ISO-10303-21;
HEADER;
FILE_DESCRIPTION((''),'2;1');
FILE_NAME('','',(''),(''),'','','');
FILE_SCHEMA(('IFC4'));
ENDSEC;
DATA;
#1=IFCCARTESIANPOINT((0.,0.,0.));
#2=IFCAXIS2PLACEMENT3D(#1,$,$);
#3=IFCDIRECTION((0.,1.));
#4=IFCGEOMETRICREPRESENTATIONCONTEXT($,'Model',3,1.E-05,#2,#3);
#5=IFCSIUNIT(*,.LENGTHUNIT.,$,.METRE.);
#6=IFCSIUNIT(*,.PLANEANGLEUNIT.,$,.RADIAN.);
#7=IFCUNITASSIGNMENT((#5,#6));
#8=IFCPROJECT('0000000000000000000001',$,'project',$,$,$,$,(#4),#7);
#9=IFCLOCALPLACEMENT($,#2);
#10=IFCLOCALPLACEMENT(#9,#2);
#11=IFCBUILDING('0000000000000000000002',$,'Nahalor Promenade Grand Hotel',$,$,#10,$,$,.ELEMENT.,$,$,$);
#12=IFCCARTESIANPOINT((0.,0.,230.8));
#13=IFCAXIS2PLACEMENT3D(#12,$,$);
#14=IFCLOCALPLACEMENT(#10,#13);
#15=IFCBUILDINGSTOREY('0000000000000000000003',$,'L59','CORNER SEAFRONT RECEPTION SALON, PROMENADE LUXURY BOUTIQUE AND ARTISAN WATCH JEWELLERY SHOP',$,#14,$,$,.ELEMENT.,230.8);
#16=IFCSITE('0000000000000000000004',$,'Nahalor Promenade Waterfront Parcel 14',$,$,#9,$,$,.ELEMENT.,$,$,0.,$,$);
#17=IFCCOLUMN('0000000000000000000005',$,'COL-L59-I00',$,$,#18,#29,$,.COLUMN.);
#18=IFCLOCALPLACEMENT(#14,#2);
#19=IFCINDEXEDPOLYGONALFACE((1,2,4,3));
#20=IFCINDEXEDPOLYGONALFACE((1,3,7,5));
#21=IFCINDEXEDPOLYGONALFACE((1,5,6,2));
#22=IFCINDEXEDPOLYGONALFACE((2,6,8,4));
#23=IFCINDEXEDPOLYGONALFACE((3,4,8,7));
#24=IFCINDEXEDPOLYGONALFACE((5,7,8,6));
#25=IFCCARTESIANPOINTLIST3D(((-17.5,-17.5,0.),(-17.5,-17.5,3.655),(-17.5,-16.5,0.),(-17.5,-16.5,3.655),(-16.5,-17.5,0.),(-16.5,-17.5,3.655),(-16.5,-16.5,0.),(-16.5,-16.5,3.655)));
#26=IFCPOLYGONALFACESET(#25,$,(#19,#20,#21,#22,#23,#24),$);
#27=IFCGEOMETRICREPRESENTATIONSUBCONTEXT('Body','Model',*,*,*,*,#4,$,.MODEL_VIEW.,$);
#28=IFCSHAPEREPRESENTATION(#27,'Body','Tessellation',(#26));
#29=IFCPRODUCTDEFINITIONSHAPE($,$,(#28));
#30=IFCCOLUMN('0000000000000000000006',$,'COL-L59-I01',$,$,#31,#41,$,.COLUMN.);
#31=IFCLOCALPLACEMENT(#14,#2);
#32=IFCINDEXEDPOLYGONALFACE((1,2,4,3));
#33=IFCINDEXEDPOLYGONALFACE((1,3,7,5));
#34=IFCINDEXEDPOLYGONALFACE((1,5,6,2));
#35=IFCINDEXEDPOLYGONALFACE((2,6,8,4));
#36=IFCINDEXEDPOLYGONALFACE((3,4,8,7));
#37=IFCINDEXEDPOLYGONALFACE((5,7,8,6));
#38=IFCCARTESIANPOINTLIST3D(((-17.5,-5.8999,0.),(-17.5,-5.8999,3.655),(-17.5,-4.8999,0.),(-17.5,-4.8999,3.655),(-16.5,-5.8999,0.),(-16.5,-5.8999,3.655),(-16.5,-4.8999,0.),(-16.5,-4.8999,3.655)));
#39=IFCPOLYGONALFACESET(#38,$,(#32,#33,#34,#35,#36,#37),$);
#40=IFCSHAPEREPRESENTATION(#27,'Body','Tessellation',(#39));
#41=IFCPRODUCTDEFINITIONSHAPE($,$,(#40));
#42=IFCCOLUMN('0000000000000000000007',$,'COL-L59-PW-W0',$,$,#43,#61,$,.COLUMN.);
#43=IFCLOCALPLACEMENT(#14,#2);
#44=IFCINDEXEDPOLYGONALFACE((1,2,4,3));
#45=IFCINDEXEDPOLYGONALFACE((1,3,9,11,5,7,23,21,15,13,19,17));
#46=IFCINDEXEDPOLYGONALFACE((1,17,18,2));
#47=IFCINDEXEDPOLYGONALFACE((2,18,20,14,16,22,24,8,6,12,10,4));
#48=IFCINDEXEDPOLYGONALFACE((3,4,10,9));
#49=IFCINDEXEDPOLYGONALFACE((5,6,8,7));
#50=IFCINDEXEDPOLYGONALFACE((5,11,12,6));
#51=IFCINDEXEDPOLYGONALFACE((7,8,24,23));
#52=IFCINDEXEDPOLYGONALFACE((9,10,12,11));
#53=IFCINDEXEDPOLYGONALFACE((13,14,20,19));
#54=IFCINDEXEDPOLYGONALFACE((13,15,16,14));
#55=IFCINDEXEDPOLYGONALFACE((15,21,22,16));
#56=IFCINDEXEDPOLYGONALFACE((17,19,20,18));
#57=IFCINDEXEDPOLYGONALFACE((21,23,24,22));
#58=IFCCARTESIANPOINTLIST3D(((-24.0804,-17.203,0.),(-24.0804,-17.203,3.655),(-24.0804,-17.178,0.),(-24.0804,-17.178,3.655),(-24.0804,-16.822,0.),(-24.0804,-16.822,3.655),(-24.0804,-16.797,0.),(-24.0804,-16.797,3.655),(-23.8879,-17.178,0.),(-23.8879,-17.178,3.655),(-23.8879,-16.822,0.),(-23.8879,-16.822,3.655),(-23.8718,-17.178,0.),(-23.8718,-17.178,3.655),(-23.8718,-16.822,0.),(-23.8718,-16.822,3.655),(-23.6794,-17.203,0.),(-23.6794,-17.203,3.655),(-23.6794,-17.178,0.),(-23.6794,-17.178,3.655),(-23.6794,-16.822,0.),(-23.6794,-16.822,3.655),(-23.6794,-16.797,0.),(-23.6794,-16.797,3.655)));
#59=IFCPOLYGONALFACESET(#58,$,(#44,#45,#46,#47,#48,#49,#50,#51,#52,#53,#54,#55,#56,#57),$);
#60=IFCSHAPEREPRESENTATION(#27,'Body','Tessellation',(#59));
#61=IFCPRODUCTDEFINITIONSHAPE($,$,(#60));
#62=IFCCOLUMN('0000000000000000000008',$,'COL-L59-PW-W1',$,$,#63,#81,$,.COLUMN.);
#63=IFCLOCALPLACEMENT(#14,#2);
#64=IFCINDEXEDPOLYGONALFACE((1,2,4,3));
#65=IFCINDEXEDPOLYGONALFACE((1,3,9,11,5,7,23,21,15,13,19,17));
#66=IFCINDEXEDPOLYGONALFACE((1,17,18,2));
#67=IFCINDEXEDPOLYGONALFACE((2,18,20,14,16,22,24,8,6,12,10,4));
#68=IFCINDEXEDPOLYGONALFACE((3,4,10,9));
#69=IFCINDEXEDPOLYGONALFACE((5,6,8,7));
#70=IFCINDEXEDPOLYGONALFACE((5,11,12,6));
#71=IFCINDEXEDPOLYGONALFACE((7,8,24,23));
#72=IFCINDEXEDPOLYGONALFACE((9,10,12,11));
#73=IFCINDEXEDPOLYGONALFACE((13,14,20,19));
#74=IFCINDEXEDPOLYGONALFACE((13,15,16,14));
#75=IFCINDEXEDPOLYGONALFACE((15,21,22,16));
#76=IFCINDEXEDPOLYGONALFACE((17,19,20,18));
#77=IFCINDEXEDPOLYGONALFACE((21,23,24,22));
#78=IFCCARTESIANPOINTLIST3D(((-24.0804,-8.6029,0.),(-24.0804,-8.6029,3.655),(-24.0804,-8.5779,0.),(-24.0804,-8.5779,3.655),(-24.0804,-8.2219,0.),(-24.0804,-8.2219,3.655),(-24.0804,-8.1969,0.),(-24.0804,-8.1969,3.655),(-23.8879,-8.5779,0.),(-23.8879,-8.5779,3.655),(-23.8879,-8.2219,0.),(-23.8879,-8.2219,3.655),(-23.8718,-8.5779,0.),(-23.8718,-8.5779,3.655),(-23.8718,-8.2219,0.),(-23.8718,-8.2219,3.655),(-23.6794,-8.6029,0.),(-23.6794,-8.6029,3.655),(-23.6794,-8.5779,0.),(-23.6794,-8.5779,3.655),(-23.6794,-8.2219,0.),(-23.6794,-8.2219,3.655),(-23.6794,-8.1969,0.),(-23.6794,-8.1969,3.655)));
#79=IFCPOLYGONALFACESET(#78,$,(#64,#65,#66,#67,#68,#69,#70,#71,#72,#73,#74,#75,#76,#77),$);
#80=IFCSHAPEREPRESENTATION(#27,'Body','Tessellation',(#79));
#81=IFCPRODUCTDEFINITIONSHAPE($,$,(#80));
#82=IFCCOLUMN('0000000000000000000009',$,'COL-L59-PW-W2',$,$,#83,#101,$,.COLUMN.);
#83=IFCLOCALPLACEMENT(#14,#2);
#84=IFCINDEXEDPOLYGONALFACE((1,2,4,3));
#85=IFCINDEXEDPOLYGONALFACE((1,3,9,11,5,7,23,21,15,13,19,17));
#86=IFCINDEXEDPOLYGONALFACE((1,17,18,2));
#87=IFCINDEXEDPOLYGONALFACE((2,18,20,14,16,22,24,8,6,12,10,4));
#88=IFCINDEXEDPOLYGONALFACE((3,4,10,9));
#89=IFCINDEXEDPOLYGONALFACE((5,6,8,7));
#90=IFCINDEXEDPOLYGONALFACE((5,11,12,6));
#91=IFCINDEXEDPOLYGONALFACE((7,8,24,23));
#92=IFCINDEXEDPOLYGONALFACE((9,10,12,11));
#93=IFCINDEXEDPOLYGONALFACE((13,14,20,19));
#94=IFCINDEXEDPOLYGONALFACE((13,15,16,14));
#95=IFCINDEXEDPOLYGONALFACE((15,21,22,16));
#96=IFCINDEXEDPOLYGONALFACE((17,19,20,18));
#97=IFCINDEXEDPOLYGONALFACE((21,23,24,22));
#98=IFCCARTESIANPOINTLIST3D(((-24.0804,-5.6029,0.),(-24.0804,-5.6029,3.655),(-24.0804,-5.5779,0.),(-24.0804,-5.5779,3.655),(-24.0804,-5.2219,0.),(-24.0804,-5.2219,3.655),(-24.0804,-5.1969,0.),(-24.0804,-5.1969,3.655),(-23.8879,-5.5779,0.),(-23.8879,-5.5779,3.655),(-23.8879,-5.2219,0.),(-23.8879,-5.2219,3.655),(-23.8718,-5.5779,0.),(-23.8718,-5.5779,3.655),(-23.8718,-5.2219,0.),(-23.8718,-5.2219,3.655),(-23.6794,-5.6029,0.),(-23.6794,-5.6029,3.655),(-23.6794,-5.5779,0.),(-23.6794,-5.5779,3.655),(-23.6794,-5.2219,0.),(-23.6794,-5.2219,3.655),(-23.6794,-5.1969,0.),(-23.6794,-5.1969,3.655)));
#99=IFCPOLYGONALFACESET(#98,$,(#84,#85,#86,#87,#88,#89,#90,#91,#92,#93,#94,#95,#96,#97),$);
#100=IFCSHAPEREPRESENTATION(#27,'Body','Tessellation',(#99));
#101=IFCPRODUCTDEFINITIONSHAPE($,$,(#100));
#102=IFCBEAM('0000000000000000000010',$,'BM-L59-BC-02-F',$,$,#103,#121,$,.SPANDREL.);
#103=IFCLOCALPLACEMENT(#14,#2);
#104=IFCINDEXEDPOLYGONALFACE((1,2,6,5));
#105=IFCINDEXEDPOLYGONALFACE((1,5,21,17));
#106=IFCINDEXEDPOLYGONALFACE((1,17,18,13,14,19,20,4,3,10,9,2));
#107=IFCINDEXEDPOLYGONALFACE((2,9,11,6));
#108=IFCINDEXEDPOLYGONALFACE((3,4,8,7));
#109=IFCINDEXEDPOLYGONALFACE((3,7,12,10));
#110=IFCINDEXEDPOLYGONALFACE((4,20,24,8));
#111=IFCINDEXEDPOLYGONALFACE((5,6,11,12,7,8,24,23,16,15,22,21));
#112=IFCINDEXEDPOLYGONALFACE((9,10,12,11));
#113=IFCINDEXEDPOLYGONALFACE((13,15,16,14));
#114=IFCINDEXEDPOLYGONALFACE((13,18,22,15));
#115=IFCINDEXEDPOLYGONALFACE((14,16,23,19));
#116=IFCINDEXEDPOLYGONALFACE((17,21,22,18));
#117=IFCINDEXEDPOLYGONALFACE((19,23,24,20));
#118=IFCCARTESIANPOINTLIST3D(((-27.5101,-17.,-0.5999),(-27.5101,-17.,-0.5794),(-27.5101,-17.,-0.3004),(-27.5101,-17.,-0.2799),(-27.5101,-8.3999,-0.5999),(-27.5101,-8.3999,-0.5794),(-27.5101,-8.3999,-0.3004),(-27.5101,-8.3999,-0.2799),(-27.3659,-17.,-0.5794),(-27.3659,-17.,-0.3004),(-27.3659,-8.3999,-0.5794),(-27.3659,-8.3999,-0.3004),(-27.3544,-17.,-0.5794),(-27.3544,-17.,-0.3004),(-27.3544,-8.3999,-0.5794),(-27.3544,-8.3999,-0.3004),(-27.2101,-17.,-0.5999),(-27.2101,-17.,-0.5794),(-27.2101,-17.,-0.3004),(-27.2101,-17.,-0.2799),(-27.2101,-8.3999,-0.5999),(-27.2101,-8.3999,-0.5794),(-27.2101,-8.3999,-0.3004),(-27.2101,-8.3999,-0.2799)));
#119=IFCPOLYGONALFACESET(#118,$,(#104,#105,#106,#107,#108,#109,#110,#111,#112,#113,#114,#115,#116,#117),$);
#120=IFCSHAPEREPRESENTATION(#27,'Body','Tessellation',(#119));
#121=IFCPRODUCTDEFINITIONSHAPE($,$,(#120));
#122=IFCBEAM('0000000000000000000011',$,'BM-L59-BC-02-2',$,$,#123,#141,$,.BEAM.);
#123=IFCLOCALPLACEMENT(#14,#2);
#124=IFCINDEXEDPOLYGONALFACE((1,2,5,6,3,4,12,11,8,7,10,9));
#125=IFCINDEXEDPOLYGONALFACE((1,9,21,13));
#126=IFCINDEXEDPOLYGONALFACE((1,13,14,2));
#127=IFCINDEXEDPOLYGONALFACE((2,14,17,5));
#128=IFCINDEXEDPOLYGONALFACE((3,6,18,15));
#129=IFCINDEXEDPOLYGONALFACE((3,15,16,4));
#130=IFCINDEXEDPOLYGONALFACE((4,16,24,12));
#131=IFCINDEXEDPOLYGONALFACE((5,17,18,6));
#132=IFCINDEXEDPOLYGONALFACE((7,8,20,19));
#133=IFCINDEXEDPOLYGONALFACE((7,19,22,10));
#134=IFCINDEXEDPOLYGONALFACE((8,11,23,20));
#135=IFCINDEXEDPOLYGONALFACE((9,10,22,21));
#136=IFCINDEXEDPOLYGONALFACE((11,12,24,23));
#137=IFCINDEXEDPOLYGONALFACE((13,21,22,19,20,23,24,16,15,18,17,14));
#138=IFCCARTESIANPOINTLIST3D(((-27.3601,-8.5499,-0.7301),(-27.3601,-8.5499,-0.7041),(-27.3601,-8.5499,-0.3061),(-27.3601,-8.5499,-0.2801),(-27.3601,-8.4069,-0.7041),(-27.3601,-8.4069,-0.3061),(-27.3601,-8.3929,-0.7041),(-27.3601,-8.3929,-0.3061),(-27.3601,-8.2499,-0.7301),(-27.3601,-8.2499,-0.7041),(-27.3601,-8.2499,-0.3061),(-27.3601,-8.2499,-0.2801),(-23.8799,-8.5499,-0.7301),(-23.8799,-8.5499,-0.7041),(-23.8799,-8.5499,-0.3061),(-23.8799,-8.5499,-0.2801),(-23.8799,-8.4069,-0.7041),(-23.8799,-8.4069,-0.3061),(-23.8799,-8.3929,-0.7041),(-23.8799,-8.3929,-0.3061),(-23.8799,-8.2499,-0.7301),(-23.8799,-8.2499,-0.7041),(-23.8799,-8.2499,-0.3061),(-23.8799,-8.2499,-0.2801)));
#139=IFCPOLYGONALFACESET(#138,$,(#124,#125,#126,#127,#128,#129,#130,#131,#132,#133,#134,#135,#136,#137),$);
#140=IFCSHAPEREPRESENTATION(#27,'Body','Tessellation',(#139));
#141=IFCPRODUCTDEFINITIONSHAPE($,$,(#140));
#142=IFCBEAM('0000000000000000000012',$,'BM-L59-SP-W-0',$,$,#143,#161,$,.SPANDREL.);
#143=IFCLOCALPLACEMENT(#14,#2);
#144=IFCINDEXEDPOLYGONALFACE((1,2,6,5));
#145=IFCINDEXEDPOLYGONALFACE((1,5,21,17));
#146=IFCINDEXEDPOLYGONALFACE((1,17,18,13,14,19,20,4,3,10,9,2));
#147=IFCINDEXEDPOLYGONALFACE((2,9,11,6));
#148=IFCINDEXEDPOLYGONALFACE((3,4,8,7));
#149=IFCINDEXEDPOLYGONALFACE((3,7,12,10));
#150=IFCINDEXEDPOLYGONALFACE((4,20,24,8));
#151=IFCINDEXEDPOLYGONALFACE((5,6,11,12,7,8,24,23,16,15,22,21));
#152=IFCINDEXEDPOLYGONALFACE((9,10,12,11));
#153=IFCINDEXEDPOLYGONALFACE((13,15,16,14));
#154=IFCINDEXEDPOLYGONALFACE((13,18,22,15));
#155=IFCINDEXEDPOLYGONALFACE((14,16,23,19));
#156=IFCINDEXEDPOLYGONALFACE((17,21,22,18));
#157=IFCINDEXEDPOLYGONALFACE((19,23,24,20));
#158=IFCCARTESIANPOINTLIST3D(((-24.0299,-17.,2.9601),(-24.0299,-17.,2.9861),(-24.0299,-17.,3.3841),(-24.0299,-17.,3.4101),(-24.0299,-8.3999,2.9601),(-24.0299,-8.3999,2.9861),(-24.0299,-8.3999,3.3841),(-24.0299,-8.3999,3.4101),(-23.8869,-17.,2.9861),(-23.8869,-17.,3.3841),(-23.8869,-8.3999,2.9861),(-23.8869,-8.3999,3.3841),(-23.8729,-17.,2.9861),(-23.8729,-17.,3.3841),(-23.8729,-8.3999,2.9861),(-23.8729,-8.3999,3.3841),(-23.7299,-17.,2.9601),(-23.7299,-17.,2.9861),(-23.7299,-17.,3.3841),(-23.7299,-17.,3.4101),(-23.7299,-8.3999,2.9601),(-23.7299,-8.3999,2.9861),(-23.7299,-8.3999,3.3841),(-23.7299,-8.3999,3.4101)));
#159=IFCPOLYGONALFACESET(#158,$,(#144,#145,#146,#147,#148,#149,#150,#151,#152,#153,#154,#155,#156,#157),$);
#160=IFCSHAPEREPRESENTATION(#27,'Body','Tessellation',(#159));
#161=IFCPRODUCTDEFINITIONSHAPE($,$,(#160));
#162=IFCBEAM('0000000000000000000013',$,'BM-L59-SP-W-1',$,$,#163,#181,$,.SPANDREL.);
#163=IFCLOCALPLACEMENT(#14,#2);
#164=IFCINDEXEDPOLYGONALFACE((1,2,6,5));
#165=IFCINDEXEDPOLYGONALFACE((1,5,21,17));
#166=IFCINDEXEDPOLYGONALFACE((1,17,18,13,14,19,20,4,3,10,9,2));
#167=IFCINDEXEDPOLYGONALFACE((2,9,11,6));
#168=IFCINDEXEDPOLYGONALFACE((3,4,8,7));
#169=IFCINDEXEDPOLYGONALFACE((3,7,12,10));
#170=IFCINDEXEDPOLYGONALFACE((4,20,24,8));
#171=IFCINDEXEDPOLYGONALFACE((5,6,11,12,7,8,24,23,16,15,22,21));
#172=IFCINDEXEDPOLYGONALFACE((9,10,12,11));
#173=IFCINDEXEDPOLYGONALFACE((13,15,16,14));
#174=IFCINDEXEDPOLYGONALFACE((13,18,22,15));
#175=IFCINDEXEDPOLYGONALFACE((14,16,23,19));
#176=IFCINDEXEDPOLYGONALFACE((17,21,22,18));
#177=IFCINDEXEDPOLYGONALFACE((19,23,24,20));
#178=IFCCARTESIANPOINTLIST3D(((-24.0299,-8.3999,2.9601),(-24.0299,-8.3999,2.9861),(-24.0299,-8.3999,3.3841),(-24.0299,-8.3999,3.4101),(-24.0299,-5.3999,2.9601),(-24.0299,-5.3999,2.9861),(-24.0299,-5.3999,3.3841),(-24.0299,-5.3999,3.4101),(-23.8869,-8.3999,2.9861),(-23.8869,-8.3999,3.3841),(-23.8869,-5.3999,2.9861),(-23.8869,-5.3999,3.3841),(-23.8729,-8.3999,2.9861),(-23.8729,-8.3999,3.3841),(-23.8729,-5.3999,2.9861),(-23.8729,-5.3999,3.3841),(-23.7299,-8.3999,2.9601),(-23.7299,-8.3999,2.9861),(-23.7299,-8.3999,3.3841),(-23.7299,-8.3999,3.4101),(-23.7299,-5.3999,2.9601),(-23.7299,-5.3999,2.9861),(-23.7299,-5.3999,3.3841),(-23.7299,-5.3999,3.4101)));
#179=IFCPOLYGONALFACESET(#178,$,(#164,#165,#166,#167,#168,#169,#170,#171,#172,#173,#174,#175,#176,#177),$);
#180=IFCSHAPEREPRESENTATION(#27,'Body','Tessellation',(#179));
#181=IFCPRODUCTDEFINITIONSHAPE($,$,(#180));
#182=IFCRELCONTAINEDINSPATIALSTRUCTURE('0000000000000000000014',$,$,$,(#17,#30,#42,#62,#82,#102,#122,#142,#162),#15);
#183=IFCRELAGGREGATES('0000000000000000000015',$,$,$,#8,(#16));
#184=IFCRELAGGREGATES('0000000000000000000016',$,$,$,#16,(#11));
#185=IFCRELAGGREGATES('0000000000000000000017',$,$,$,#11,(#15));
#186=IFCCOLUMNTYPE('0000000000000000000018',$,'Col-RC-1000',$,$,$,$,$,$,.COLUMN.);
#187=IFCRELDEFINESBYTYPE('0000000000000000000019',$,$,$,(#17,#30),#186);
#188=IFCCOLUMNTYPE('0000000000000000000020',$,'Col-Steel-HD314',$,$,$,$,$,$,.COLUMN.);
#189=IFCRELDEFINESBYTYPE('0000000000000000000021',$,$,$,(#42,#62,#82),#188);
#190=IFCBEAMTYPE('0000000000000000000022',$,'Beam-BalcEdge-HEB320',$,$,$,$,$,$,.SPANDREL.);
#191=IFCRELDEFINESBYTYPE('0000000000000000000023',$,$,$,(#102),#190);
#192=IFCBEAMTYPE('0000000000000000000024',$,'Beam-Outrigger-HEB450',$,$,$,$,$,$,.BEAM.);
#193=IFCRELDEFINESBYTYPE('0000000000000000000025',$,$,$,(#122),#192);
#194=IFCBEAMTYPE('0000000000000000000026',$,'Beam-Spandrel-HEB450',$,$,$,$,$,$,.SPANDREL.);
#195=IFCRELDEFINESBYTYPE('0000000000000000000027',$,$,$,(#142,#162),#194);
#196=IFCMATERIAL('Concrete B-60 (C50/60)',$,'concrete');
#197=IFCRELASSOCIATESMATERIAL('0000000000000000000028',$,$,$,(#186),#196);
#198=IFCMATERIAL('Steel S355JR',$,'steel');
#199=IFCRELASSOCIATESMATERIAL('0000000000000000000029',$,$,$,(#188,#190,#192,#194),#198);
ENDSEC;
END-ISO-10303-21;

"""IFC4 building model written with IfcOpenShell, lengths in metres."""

from ifc_helpers import new_model, si_unit, direction, frame, origin, origin_2d, place, context, subcontext, project, spatial, rectangle, i_section, extrude, source, transform, mapped, material, material_profile, profile_set, type_object, element, save


model = new_model("IFC4")

# Units and contexts
model_context = context("Model", 3, precision=1e-05, world=origin(), true_north=direction((0.0, 1.0)))
body_context = subcontext(model_context, "Body", "Model", "MODEL_VIEW")
ifc_project = project(units=[si_unit("LENGTHUNIT", "METRE"), si_unit("PLANEANGLEUNIT", "RADIAN")], contexts=[model_context])

# Site, building, storey
site_placement = place(None, origin())
site = spatial("IfcSite", under=ifc_project, at=site_placement, Name="Nahalor Promenade Waterfront Parcel 14", CompositionType="ELEMENT", RefElevation=0.0)
building_placement = place(site_placement, origin())
building = spatial("IfcBuilding", under=site, at=building_placement, Name="Nahalor Promenade Grand Hotel", CompositionType="ELEMENT")
storey_placement = place(building_placement, frame((0.0, 0.0, 230.8)))
storey = spatial("IfcBuildingStorey", under=building, at=storey_placement, Name="L59", Description="CORNER SEAFRONT RECEPTION SALON, PROMENADE LUXURY BOUTIQUE AND ARTISAN WATCH JEWELLERY SHOP", CompositionType="ELEMENT", Elevation=230.8)

# Columns
ifc_material_1 = material(Name="Concrete B-60 (C50/60)", Category="concrete")
ifc_material_profile_1 = material_profile(ifc_material_1, rectangle(XDim=1.0, YDim=1.0, at=origin_2d()), Name="RC 1000x1000")
ifc_profile_set_1 = profile_set([ifc_material_profile_1], Name="Concrete B-60 (C50/60)")
column_type_1 = type_object("IfcColumnType", Name="Col-RC-1000", PredefinedType="COLUMN", material=ifc_profile_set_1)
shared_shape_1 = source(origin(), body_context, "Body", "SweptSolid", [
    extrude(rectangle(XDim=1.0, YDim=1.0, at=origin_2d()), origin(), (0.0, 0.0, 1.0), 3.655),
])
for number, where, z_axis, x_axis, name in (
    (1, (-17.0, -17.0, 0.0), (0.0, 0.0, 1.0), (1.0, 0.0, 0.0), "COL-L59-I00"),
    (2, (-17.0, -5.3999, 0.0), (0.0, 0.0, 1.0), (1.0, 0.0, 0.0), "COL-L59-I01"),
):
    element("IfcColumn", number, at=place(storey_placement, frame(where, z_axis=z_axis, x_axis=x_axis)), inside=storey, type_object=column_type_1, Name=name, PredefinedType="COLUMN", context=body_context, shape_type="MappedRepresentation", body=[
        mapped(shared_shape_1, transform((0.0, 0.0, 0.0), scale=1.0)),
    ])
ifc_material_2 = material(Name="Steel S355JR", Category="steel")
ifc_material_profile_2 = material_profile(ifc_material_2, i_section(OverallWidth=0.401, OverallDepth=0.406, WebThickness=0.0161, FlangeThickness=0.025, at=origin_2d()), Name="HD 400x314")
ifc_profile_set_2 = profile_set([ifc_material_profile_2], Name="Steel S355JR")
column_type_2 = type_object("IfcColumnType", Name="Col-Steel-HD314", PredefinedType="COLUMN", material=ifc_profile_set_2)
shared_shape_2 = source(origin(), body_context, "Body", "SweptSolid", [
    extrude(i_section(OverallWidth=0.401, OverallDepth=0.406, WebThickness=0.0161, FlangeThickness=0.025, at=origin_2d()), origin(), (0.0, 0.0, 1.0), 3.655),
])
for number, where, z_axis, x_axis, name in (
    (3, (-23.8799, -17.0, 0.0), (0.0, 0.0, 1.0), (1.0, 0.0, 0.0), "COL-L59-PW-W0"),
    (4, (-23.8799, -8.3999, 0.0), (0.0, 0.0, 1.0), (1.0, 0.0, 0.0), "COL-L59-PW-W1"),
    (5, (-23.8799, -5.3999, 0.0), (0.0, 0.0, 1.0), (1.0, 0.0, 0.0), "COL-L59-PW-W2"),
):
    element("IfcColumn", number, at=place(storey_placement, frame(where, z_axis=z_axis, x_axis=x_axis)), inside=storey, type_object=column_type_2, Name=name, PredefinedType="COLUMN", context=body_context, shape_type="MappedRepresentation", body=[
        mapped(shared_shape_2, transform((0.0, 0.0, 0.0), scale=1.0)),
    ])

# Beams
ifc_material_profile_3 = material_profile(ifc_material_2, i_section(OverallWidth=0.3, OverallDepth=0.32, WebThickness=0.0115, FlangeThickness=0.0205, at=origin_2d()), Name="HEB 320")
ifc_profile_set_3 = profile_set([ifc_material_profile_3], Name="Steel S355JR")
beam_type_1 = type_object("IfcBeamType", Name="Beam-BalcEdge-HEB320", PredefinedType="SPANDREL", material=ifc_profile_set_3)
shared_shape_3 = source(origin(), body_context, "Body", "SweptSolid", [
    extrude(i_section(OverallWidth=0.3, OverallDepth=0.32, WebThickness=0.0115, FlangeThickness=0.0205, at=origin_2d()), origin(), (0.0, 0.0, 1.0), 8.6001),
])
beam_1_placement = place(storey_placement, frame((-27.3601, -17.0, -0.4399), z_axis=(0.0, 1.0, 0.0), x_axis=(-1.0, 0.0, 0.0)))
element("IfcBeam", 6, at=beam_1_placement, inside=storey, type_object=beam_type_1, Name="BM-L59-BC-02-F", PredefinedType="SPANDREL", context=body_context, shape_type="MappedRepresentation", body=[
    mapped(shared_shape_3, transform((0.0, 0.0, 0.0), scale=1.0)),
])
ifc_material_profile_4 = material_profile(ifc_material_2, i_section(OverallWidth=0.3, OverallDepth=0.45, WebThickness=0.014, FlangeThickness=0.026, at=origin_2d()), Name="HEB 450")
ifc_profile_set_4 = profile_set([ifc_material_profile_4], Name="Steel S355JR")
beam_type_2 = type_object("IfcBeamType", Name="Beam-Outrigger-HEB450", PredefinedType="BEAM", material=ifc_profile_set_4)
shared_shape_4 = source(origin(), body_context, "Body", "SweptSolid", [
    extrude(i_section(OverallWidth=0.3, OverallDepth=0.45, WebThickness=0.014, FlangeThickness=0.026, at=origin_2d()), origin(), (0.0, 0.0, 1.0), 3.4802),
])
beam_2_placement = place(storey_placement, frame((-27.3601, -8.3999, -0.5051), z_axis=(1.0, 0.0, 0.0), x_axis=(0.0, 1.0, 0.0)))
element("IfcBeam", 7, at=beam_2_placement, inside=storey, type_object=beam_type_2, Name="BM-L59-BC-02-2", PredefinedType="BEAM", context=body_context, shape_type="MappedRepresentation", body=[
    mapped(shared_shape_4, transform((0.0, 0.0, 0.0), scale=1.0)),
])
ifc_material_profile_5 = material_profile(ifc_material_2, i_section(OverallWidth=0.3, OverallDepth=0.45, WebThickness=0.014, FlangeThickness=0.026, at=origin_2d()), Name="HEB 450")
ifc_profile_set_5 = profile_set([ifc_material_profile_5], Name="Steel S355JR")
beam_type_3 = type_object("IfcBeamType", Name="Beam-Spandrel-HEB450", PredefinedType="SPANDREL", material=ifc_profile_set_5)
shared_shape_5 = source(origin(), body_context, "Body", "SweptSolid", [
    extrude(i_section(OverallWidth=0.3, OverallDepth=0.45, WebThickness=0.014, FlangeThickness=0.026, at=origin_2d()), origin(), (0.0, 0.0, 1.0), 8.6001),
])
beam_3_placement = place(storey_placement, frame((-23.8799, -17.0, 3.1851), z_axis=(0.0, 1.0, 0.0), x_axis=(-1.0, 0.0, 0.0)))
element("IfcBeam", 8, at=beam_3_placement, inside=storey, type_object=beam_type_3, Name="BM-L59-SP-W-0", PredefinedType="SPANDREL", context=body_context, shape_type="MappedRepresentation", body=[
    mapped(shared_shape_5, transform((0.0, 0.0, 0.0), scale=1.0)),
])
shared_shape_6 = source(origin(), body_context, "Body", "SweptSolid", [
    extrude(i_section(OverallWidth=0.3, OverallDepth=0.45, WebThickness=0.014, FlangeThickness=0.026, at=origin_2d()), origin(), (0.0, 0.0, 1.0), 3.0),
])
beam_4_placement = place(storey_placement, frame((-23.8799, -8.3999, 3.1851), z_axis=(0.0, 1.0, 0.0), x_axis=(-1.0, 0.0, 0.0)))
element("IfcBeam", 9, at=beam_4_placement, inside=storey, type_object=beam_type_3, Name="BM-L59-SP-W-1", PredefinedType="SPANDREL", context=body_context, shape_type="MappedRepresentation", body=[
    mapped(shared_shape_6, transform((0.0, 0.0, 0.0), scale=1.0)),
])

save(model, "model.ifc")
